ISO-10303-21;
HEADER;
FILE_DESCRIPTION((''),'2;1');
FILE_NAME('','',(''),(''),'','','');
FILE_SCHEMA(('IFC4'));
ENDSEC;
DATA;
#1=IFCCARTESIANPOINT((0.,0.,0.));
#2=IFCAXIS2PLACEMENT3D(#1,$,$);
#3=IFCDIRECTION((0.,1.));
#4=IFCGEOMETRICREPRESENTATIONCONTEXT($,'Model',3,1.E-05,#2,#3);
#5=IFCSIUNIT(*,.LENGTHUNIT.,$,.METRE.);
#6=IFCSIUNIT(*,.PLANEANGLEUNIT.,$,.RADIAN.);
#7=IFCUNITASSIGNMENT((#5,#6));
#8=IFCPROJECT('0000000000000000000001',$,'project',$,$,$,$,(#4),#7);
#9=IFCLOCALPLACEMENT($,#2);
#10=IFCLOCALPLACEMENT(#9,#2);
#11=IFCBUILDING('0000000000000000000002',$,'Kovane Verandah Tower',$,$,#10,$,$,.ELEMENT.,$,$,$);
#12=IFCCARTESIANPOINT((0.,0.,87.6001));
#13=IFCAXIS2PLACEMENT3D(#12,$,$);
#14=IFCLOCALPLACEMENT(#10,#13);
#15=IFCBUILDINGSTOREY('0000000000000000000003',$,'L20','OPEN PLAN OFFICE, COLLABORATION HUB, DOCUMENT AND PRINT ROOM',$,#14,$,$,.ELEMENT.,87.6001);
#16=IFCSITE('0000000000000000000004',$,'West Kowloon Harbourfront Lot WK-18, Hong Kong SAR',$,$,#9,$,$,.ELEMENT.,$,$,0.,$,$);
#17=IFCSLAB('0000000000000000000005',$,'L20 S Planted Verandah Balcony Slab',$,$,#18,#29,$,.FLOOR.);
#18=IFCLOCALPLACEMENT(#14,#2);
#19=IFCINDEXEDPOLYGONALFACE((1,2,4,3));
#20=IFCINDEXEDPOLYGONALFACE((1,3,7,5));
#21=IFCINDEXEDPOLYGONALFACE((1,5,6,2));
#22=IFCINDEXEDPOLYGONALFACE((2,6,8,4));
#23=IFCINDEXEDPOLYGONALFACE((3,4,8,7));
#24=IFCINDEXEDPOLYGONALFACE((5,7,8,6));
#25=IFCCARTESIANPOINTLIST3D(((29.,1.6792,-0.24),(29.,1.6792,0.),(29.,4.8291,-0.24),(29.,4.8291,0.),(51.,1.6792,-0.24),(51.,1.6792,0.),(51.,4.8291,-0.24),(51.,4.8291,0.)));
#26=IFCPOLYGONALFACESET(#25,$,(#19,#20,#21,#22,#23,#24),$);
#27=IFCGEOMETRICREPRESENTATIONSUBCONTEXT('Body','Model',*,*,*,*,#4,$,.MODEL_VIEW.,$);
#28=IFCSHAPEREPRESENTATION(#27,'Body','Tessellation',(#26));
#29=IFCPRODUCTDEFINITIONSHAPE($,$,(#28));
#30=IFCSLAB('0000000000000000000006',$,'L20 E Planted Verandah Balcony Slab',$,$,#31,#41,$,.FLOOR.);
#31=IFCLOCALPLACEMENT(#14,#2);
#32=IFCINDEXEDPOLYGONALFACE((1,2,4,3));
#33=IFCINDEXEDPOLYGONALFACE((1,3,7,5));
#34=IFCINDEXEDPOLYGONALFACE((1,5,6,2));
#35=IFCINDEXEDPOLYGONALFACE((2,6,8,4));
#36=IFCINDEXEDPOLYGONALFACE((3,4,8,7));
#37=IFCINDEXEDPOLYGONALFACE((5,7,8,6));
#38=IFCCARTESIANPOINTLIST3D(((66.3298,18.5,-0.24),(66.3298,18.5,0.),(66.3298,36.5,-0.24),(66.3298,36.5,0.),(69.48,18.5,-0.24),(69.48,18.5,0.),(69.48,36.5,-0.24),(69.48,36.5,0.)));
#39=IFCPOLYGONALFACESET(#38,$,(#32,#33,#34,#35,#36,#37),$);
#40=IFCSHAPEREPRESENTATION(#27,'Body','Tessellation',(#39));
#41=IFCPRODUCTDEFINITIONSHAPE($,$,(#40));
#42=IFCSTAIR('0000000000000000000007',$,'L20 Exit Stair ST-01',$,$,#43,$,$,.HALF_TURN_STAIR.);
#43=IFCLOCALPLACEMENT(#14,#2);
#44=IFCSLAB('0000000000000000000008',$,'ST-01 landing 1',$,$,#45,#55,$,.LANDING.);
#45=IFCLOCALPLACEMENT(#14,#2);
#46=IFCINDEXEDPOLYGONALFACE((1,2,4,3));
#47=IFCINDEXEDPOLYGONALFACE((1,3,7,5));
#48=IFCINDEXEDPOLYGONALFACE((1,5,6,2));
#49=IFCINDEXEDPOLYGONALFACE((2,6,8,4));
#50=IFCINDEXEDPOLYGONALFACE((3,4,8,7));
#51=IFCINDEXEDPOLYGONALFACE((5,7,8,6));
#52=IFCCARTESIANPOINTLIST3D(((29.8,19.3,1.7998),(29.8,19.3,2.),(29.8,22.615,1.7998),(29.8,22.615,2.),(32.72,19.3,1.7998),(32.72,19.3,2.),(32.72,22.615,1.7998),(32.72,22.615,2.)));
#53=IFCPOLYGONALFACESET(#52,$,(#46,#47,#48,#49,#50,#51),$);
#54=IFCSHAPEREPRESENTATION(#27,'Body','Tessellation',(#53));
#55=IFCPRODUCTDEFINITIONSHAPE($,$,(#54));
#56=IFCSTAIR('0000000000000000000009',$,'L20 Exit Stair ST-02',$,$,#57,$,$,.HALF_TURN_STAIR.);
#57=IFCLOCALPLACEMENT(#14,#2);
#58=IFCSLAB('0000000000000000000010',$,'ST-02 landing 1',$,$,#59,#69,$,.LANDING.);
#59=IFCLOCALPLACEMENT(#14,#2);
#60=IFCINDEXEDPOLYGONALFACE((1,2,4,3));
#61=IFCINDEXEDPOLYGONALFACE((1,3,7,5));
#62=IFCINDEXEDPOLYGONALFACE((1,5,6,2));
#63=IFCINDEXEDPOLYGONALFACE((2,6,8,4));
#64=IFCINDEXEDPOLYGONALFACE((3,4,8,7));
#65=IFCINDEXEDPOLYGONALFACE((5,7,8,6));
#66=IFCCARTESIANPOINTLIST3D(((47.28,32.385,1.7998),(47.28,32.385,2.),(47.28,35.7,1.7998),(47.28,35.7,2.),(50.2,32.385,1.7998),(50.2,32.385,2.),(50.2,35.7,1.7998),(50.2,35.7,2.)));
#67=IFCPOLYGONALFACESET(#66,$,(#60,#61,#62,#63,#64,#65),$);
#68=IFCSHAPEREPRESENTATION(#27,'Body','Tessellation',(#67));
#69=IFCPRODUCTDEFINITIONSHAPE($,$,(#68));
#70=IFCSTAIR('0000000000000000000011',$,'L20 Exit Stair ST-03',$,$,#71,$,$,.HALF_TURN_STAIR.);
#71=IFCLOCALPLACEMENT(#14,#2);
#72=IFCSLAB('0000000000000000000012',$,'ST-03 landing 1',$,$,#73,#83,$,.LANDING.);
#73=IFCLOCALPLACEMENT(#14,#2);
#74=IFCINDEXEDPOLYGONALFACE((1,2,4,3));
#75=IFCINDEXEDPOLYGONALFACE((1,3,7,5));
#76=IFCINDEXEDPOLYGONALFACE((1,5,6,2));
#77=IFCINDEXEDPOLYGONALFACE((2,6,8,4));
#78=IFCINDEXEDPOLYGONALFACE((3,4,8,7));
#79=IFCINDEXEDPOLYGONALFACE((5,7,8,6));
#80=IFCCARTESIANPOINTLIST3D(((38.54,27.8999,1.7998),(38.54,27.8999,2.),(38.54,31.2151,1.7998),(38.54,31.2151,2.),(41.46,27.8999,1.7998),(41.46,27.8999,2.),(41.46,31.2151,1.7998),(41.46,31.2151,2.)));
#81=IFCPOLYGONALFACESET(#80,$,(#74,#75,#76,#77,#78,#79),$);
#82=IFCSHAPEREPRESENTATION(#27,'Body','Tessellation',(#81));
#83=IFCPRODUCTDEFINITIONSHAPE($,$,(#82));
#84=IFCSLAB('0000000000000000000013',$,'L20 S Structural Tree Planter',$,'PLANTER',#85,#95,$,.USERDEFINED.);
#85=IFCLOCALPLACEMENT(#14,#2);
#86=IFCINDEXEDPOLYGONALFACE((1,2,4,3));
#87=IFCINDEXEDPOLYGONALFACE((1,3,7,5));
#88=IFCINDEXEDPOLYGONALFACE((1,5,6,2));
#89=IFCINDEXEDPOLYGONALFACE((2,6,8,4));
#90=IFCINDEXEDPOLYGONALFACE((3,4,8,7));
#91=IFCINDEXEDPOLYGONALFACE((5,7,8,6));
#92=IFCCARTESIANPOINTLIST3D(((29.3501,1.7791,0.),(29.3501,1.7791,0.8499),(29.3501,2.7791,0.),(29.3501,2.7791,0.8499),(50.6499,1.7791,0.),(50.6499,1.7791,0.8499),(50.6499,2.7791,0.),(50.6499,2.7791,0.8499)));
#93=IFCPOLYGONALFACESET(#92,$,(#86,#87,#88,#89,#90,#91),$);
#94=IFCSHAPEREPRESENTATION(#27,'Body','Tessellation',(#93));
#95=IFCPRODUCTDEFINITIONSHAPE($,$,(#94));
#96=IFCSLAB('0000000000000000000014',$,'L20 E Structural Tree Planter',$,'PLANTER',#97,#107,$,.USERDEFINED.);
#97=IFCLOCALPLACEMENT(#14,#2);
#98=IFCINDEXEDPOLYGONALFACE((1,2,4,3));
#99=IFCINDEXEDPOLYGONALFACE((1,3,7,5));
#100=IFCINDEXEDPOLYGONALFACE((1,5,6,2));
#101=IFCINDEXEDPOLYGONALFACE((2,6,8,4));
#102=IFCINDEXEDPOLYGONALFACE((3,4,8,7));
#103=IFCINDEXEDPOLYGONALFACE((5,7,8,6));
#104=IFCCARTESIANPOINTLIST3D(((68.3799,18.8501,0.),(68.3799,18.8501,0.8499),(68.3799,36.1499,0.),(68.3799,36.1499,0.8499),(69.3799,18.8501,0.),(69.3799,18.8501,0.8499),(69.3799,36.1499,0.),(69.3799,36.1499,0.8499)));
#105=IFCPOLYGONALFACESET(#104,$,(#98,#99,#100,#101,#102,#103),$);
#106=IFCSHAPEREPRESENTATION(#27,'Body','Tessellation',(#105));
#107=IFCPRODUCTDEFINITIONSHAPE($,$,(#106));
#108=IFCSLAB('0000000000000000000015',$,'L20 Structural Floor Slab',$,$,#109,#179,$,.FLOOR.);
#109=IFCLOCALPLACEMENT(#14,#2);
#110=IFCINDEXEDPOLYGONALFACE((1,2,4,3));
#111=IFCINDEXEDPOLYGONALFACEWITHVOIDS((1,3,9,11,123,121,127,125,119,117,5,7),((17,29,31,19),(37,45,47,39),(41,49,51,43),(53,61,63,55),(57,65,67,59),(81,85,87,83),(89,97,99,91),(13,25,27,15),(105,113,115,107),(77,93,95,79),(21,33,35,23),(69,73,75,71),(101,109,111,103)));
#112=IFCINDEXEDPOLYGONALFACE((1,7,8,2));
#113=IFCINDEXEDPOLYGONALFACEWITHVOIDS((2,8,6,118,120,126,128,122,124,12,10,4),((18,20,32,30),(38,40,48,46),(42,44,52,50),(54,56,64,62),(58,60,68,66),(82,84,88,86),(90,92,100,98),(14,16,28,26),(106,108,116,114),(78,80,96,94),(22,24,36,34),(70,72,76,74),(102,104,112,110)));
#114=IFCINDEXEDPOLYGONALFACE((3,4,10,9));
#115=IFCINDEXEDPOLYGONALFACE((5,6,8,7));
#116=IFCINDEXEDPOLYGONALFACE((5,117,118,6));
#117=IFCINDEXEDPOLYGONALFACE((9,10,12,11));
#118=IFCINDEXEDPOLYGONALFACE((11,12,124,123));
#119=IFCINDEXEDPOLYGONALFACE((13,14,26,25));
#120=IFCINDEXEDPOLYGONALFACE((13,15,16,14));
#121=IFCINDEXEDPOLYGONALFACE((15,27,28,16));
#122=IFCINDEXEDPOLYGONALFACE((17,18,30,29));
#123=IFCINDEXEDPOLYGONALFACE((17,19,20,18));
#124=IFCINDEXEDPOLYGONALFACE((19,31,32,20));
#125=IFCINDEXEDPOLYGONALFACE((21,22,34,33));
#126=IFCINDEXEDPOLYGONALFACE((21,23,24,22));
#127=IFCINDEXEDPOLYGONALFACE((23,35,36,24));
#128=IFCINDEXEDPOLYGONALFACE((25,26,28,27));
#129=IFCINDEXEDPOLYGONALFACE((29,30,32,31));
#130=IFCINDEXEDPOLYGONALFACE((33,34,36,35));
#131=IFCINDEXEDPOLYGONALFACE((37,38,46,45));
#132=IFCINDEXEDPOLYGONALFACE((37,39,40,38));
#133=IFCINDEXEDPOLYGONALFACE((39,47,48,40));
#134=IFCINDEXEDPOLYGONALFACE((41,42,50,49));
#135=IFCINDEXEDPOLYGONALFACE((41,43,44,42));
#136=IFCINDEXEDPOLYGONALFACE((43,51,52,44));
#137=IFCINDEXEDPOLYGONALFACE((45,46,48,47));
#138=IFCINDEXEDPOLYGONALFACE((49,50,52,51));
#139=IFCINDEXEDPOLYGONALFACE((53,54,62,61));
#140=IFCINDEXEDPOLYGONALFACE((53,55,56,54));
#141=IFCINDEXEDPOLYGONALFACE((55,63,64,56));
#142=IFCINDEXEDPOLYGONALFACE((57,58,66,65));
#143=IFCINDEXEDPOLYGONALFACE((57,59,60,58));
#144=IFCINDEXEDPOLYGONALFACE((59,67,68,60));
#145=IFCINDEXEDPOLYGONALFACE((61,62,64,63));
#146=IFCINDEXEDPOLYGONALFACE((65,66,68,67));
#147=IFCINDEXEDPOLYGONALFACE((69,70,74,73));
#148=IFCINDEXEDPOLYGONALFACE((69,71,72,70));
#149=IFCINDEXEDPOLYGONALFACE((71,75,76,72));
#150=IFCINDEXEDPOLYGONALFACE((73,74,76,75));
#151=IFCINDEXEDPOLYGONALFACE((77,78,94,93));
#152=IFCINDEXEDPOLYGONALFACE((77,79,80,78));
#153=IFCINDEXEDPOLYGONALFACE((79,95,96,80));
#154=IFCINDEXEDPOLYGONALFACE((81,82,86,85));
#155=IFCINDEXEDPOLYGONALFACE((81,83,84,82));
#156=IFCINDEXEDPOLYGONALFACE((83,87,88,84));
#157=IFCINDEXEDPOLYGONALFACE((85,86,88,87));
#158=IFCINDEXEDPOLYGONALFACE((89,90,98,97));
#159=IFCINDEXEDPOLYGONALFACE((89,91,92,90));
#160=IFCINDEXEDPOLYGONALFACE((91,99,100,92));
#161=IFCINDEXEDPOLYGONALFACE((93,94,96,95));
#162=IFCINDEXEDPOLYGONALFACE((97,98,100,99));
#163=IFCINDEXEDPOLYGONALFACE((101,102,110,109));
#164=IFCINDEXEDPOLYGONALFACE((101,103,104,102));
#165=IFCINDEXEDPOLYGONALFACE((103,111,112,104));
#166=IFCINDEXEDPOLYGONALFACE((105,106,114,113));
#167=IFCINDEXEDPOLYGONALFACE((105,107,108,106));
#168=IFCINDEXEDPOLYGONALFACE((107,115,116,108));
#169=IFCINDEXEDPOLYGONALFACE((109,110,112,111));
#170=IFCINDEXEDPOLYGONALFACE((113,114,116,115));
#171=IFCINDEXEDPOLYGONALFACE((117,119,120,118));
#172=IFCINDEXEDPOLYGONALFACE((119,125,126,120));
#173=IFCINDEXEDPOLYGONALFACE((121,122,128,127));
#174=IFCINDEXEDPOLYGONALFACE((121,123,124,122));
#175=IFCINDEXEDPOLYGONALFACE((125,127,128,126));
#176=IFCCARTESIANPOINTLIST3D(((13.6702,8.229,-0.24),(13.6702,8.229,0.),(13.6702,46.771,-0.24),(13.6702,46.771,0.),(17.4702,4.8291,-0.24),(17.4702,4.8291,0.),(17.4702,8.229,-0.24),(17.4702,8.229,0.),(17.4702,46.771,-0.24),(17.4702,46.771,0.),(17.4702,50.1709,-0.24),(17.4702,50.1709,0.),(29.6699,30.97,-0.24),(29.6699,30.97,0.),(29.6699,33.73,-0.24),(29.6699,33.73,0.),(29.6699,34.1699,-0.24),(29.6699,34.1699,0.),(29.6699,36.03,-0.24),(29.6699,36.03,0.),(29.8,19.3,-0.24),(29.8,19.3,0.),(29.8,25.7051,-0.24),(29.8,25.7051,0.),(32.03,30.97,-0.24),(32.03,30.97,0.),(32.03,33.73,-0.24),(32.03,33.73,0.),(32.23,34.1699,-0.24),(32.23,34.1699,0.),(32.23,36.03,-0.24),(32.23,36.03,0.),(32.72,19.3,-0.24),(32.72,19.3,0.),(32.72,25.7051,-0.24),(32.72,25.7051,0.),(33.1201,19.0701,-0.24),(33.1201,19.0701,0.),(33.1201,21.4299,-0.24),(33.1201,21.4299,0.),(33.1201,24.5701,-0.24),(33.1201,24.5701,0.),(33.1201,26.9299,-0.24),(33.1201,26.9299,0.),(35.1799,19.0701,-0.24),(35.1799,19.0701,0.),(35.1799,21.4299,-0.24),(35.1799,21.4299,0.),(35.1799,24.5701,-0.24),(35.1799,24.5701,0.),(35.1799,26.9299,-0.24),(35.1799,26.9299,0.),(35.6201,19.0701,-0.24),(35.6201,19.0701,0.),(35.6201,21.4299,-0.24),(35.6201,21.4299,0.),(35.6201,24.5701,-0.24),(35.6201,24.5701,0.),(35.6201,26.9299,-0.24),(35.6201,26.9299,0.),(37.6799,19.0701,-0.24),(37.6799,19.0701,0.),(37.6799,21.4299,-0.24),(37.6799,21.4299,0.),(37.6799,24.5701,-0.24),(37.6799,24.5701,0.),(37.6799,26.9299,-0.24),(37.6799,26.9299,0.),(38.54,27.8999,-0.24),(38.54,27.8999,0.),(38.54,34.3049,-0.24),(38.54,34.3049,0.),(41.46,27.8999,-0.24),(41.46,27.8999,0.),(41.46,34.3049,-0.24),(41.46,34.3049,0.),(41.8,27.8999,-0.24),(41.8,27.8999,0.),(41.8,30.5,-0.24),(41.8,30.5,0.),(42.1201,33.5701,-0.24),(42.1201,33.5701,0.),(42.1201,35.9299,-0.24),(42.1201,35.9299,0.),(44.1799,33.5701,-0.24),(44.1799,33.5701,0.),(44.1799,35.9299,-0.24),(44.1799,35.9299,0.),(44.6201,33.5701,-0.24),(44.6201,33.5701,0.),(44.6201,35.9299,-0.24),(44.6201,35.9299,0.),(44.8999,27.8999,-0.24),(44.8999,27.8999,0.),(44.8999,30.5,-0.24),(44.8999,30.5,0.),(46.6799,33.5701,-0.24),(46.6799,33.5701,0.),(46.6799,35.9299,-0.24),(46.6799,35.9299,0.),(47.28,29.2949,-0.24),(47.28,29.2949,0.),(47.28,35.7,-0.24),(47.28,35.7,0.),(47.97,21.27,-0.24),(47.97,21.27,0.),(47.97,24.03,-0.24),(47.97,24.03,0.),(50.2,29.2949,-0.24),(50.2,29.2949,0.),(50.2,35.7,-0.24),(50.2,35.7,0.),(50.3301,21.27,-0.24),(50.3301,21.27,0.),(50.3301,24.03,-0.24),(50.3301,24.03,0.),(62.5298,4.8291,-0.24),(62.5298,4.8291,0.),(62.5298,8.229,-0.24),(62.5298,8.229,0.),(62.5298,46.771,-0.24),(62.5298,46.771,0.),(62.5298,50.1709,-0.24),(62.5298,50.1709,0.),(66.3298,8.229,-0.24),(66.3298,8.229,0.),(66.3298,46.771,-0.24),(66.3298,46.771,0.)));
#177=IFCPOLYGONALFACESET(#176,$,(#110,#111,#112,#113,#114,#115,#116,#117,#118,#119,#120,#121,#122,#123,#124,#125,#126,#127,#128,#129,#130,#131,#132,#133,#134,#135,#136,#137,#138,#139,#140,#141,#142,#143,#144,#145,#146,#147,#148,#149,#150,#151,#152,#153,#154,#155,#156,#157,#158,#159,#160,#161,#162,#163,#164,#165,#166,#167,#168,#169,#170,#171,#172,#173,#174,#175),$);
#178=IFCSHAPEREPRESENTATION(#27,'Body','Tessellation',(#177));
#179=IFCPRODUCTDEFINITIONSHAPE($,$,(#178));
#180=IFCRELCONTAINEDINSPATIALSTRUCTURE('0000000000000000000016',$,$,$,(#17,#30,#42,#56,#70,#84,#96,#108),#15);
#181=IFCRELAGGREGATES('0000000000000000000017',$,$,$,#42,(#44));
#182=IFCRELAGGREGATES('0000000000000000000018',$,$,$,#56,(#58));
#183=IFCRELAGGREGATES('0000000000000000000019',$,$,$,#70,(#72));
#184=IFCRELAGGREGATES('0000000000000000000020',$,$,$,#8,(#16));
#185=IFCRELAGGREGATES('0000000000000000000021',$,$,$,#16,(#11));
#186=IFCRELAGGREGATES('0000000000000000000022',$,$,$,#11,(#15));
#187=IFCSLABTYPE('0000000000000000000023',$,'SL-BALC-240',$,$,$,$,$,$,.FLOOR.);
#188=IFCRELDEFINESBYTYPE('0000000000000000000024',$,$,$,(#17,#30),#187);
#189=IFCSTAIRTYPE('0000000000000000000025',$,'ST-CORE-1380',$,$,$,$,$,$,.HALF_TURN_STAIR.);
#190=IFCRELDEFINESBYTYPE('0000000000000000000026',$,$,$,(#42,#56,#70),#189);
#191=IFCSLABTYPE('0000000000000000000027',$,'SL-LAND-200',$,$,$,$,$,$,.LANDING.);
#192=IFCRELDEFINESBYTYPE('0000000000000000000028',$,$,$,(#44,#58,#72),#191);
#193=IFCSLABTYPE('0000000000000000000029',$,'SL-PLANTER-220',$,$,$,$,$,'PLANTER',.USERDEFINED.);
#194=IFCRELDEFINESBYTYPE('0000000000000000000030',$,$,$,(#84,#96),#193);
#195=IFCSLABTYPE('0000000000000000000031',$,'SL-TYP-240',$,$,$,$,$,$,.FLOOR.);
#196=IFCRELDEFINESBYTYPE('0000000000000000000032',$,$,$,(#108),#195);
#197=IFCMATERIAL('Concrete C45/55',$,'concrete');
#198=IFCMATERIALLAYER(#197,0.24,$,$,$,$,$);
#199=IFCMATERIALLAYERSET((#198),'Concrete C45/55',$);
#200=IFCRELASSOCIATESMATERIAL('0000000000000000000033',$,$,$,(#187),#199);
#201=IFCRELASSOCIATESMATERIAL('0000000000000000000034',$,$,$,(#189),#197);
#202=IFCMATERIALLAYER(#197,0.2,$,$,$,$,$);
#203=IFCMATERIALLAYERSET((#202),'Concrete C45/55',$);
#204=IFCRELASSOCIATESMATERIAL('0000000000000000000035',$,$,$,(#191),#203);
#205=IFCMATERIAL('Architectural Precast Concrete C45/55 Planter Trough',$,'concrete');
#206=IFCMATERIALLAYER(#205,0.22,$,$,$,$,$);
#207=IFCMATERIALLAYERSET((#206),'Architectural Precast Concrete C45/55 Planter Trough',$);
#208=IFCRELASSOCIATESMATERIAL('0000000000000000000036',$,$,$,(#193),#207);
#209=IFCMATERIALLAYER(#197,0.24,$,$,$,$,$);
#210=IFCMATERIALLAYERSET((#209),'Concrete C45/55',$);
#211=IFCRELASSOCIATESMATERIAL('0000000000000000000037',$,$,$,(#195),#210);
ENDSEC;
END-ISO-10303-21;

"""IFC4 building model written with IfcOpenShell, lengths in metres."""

from ifc_helpers import new_model, si_unit, direction, frame, origin, place, context, subcontext, project, spatial, polyline, outline, extrude, material, layer, layer_set, type_object, element, aggregate, save


model = new_model("IFC4")

# Units and contexts
model_context = context("Model", 3, precision=1e-05, world=origin(), true_north=direction((0.0, 1.0)))
body_context = subcontext(model_context, "Body", "Model", "MODEL_VIEW")
ifc_project = project(units=[si_unit("LENGTHUNIT", "METRE"), si_unit("PLANEANGLEUNIT", "RADIAN")], contexts=[model_context])

# Site, building, storey
site_placement = place(None, origin())
site = spatial("IfcSite", under=ifc_project, at=site_placement, Name="West Kowloon Harbourfront Lot WK-18, Hong Kong SAR", CompositionType="ELEMENT", RefElevation=0.0)
building_placement = place(site_placement, origin())
building = spatial("IfcBuilding", under=site, at=building_placement, Name="Kovane Verandah Tower", CompositionType="ELEMENT")
storey_placement = place(building_placement, frame((0.0, 0.0, 87.6001)))
storey = spatial("IfcBuildingStorey", under=building, at=storey_placement, Name="L20", Description="OPEN PLAN OFFICE, COLLABORATION HUB, DOCUMENT AND PRINT ROOM", CompositionType="ELEMENT", Elevation=87.6001)

# Slabs
ifc_material_1 = material(Name="Concrete C45/55", Category="concrete")
ifc_layer_1 = layer(ifc_material_1, 0.24)
ifc_layer_set_1 = layer_set([ifc_layer_1], Name="Concrete C45/55")
slab_type_1 = type_object("IfcSlabType", Name="SL-BALC-240", PredefinedType="FLOOR", material=ifc_layer_set_1)
slab_1_placement = place(storey_placement, frame((0.0, 0.0, -0.24)))
element("IfcSlab", 1, at=slab_1_placement, inside=storey, type_object=slab_type_1, Name="L20 S Planted Verandah Balcony Slab", PredefinedType="FLOOR", context=body_context, shape_type="SweptSolid", body=[
    extrude(outline(polyline([(29.0, 1.6792), (51.0, 1.6792), (51.0, 4.8291), (29.0, 4.8291), (29.0, 1.6792)])), origin(), (0.0, 0.0, 1.0), 0.24),
])
slab_2_placement = place(storey_placement, frame((0.0, 0.0, -0.24)))
element("IfcSlab", 2, at=slab_2_placement, inside=storey, type_object=slab_type_1, Name="L20 E Planted Verandah Balcony Slab", PredefinedType="FLOOR", context=body_context, shape_type="SweptSolid", body=[
    extrude(outline(polyline([(66.3298, 18.5), (69.48, 18.5), (69.48, 36.5), (66.3298, 36.5), (66.3298, 18.5)])), origin(), (0.0, 0.0, 1.0), 0.24),
])

# Stairs, slabs
stair_type = type_object("IfcStairType", Name="ST-CORE-1380", PredefinedType="HALF_TURN_STAIR", material=ifc_material_1)
stair_1_placement = place(storey_placement, origin())
stair_1 = element("IfcStair", 3, at=stair_1_placement, inside=storey, type_object=stair_type, Name="L20 Exit Stair ST-01", PredefinedType="HALF_TURN_STAIR")
ifc_layer_2 = layer(ifc_material_1, 0.2)
ifc_layer_set_2 = layer_set([ifc_layer_2], Name="Concrete C45/55")
slab_type_2 = type_object("IfcSlabType", Name="SL-LAND-200", PredefinedType="LANDING", material=ifc_layer_set_2)
slab_3_placement = place(storey_placement, frame((0.0, 0.0, 1.7998)))
slab_3 = element("IfcSlab", 4, at=slab_3_placement, type_object=slab_type_2, Name="ST-01 landing 1", PredefinedType="LANDING", context=body_context, shape_type="SweptSolid", body=[
    extrude(outline(polyline([(29.8, 22.615), (29.8, 19.3), (32.72, 19.3), (32.72, 22.615), (29.8, 22.615)])), origin(), (0.0, 0.0, 1.0), 0.2002),
])
aggregate(stair_1, [slab_3])
stair_2_placement = place(storey_placement, origin())
stair_2 = element("IfcStair", 5, at=stair_2_placement, inside=storey, type_object=stair_type, Name="L20 Exit Stair ST-02", PredefinedType="HALF_TURN_STAIR")
slab_4_placement = place(storey_placement, frame((0.0, 0.0, 1.7998)))
slab_4 = element("IfcSlab", 6, at=slab_4_placement, type_object=slab_type_2, Name="ST-02 landing 1", PredefinedType="LANDING", context=body_context, shape_type="SweptSolid", body=[
    extrude(outline(polyline([(50.2, 32.385), (50.2, 35.7), (47.28, 35.7), (47.28, 32.385), (50.2, 32.385)])), origin(), (0.0, 0.0, 1.0), 0.2002),
])
aggregate(stair_2, [slab_4])
stair_3_placement = place(storey_placement, origin())
stair_3 = element("IfcStair", 7, at=stair_3_placement, inside=storey, type_object=stair_type, Name="L20 Exit Stair ST-03", PredefinedType="HALF_TURN_STAIR")
slab_5_placement = place(storey_placement, frame((0.0, 0.0, 1.7998)))
slab_5 = element("IfcSlab", 8, at=slab_5_placement, type_object=slab_type_2, Name="ST-03 landing 1", PredefinedType="LANDING", context=body_context, shape_type="SweptSolid", body=[
    extrude(outline(polyline([(38.54, 31.2151), (38.54, 27.8999), (41.46, 27.8999), (41.46, 31.2151), (38.54, 31.2151)])), origin(), (0.0, 0.0, 1.0), 0.2002),
])
aggregate(stair_3, [slab_5])

# Slabs
ifc_material_2 = material(Name="Architectural Precast Concrete C45/55 Planter Trough", Category="concrete")
ifc_layer_3 = layer(ifc_material_2, 0.22)
ifc_layer_set_3 = layer_set([ifc_layer_3], Name="Architectural Precast Concrete C45/55 Planter Trough")
slab_type_3 = type_object("IfcSlabType", Name="SL-PLANTER-220", ElementType="PLANTER", PredefinedType="USERDEFINED", material=ifc_layer_set_3)
slab_6_placement = place(storey_placement, origin())
element("IfcSlab", 9, at=slab_6_placement, inside=storey, type_object=slab_type_3, Name="L20 S Structural Tree Planter", ObjectType="PLANTER", PredefinedType="USERDEFINED", context=body_context, shape_type="SweptSolid", body=[
    extrude(outline(polyline([(29.3501, 1.7791), (50.6499, 1.7791), (50.6499, 2.7791), (29.3501, 2.7791), (29.3501, 1.7791)])), origin(), (0.0, 0.0, 1.0), 0.8499),
])
slab_7_placement = place(storey_placement, origin())
element("IfcSlab", 10, at=slab_7_placement, inside=storey, type_object=slab_type_3, Name="L20 E Structural Tree Planter", ObjectType="PLANTER", PredefinedType="USERDEFINED", context=body_context, shape_type="SweptSolid", body=[
    extrude(outline(polyline([(68.3799, 18.8501), (69.3799, 18.8501), (69.3799, 36.1499), (68.3799, 36.1499), (68.3799, 18.8501)])), origin(), (0.0, 0.0, 1.0), 0.8499),
])
ifc_layer_4 = layer(ifc_material_1, 0.24)
ifc_layer_set_4 = layer_set([ifc_layer_4], Name="Concrete C45/55")
slab_type_4 = type_object("IfcSlabType", Name="SL-TYP-240", PredefinedType="FLOOR", material=ifc_layer_set_4)
slab_8_placement = place(storey_placement, frame((0.0, 0.0, -0.24)))
element("IfcSlab", 11, at=slab_8_placement, inside=storey, type_object=slab_type_4, Name="L20 Structural Floor Slab", PredefinedType="FLOOR", context=body_context, shape_type="SweptSolid", body=[
    extrude(outline(polyline([(17.4702, 4.8291), (62.5298, 4.8291), (62.5298, 8.229), (66.3298, 8.229), (66.3298, 46.771), (62.5298, 46.771), (62.5298, 50.1709), (17.4702, 50.1709), (17.4702, 46.771), (13.6702, 46.771), (13.6702, 8.229), (17.4702, 8.229), (17.4702, 4.8291)]), holes=[polyline([(29.8, 19.3), (32.72, 19.3), (32.72, 25.7051), (29.8, 25.7051), (29.8, 19.3)]), polyline([(47.28, 29.2949), (50.2, 29.2949), (50.2, 35.7), (47.28, 35.7), (47.28, 29.2949)]), polyline([(38.54, 27.8999), (41.46, 27.8999), (41.46, 34.3049), (38.54, 34.3049), (38.54, 27.8999)]), polyline([(29.6699, 30.97), (32.03, 30.97), (32.03, 33.73), (29.6699, 33.73), (29.6699, 30.97)]), polyline([(47.97, 21.27), (50.3301, 21.27), (50.3301, 24.03), (47.97, 24.03), (47.97, 21.27)]), polyline([(29.6699, 34.1699), (32.23, 34.1699), (32.23, 36.03), (29.6699, 36.03), (29.6699, 34.1699)]), polyline([(33.1201, 19.0701), (35.1799, 19.0701), (35.1799, 21.4299), (33.1201, 21.4299), (33.1201, 19.0701)]), polyline([(35.6201, 19.0701), (37.6799, 19.0701), (37.6799, 21.4299), (35.6201, 21.4299), (35.6201, 19.0701)]), polyline([(33.1201, 24.5701), (35.1799, 24.5701), (35.1799, 26.9299), (33.1201, 26.9299), (33.1201, 24.5701)]), polyline([(35.6201, 24.5701), (37.6799, 24.5701), (37.6799, 26.9299), (35.6201, 26.9299), (35.6201, 24.5701)]), polyline([(42.1201, 33.5701), (44.1799, 33.5701), (44.1799, 35.9299), (42.1201, 35.9299), (42.1201, 33.5701)]), polyline([(44.6201, 33.5701), (46.6799, 33.5701), (46.6799, 35.9299), (44.6201, 35.9299), (44.6201, 33.5701)]), polyline([(41.8, 27.8999), (44.8999, 27.8999), (44.8999, 30.5), (41.8, 30.5), (41.8, 27.8999)])]), origin(), (0.0, 0.0, 1.0), 0.24),
])

save(model, "model.ifc")
